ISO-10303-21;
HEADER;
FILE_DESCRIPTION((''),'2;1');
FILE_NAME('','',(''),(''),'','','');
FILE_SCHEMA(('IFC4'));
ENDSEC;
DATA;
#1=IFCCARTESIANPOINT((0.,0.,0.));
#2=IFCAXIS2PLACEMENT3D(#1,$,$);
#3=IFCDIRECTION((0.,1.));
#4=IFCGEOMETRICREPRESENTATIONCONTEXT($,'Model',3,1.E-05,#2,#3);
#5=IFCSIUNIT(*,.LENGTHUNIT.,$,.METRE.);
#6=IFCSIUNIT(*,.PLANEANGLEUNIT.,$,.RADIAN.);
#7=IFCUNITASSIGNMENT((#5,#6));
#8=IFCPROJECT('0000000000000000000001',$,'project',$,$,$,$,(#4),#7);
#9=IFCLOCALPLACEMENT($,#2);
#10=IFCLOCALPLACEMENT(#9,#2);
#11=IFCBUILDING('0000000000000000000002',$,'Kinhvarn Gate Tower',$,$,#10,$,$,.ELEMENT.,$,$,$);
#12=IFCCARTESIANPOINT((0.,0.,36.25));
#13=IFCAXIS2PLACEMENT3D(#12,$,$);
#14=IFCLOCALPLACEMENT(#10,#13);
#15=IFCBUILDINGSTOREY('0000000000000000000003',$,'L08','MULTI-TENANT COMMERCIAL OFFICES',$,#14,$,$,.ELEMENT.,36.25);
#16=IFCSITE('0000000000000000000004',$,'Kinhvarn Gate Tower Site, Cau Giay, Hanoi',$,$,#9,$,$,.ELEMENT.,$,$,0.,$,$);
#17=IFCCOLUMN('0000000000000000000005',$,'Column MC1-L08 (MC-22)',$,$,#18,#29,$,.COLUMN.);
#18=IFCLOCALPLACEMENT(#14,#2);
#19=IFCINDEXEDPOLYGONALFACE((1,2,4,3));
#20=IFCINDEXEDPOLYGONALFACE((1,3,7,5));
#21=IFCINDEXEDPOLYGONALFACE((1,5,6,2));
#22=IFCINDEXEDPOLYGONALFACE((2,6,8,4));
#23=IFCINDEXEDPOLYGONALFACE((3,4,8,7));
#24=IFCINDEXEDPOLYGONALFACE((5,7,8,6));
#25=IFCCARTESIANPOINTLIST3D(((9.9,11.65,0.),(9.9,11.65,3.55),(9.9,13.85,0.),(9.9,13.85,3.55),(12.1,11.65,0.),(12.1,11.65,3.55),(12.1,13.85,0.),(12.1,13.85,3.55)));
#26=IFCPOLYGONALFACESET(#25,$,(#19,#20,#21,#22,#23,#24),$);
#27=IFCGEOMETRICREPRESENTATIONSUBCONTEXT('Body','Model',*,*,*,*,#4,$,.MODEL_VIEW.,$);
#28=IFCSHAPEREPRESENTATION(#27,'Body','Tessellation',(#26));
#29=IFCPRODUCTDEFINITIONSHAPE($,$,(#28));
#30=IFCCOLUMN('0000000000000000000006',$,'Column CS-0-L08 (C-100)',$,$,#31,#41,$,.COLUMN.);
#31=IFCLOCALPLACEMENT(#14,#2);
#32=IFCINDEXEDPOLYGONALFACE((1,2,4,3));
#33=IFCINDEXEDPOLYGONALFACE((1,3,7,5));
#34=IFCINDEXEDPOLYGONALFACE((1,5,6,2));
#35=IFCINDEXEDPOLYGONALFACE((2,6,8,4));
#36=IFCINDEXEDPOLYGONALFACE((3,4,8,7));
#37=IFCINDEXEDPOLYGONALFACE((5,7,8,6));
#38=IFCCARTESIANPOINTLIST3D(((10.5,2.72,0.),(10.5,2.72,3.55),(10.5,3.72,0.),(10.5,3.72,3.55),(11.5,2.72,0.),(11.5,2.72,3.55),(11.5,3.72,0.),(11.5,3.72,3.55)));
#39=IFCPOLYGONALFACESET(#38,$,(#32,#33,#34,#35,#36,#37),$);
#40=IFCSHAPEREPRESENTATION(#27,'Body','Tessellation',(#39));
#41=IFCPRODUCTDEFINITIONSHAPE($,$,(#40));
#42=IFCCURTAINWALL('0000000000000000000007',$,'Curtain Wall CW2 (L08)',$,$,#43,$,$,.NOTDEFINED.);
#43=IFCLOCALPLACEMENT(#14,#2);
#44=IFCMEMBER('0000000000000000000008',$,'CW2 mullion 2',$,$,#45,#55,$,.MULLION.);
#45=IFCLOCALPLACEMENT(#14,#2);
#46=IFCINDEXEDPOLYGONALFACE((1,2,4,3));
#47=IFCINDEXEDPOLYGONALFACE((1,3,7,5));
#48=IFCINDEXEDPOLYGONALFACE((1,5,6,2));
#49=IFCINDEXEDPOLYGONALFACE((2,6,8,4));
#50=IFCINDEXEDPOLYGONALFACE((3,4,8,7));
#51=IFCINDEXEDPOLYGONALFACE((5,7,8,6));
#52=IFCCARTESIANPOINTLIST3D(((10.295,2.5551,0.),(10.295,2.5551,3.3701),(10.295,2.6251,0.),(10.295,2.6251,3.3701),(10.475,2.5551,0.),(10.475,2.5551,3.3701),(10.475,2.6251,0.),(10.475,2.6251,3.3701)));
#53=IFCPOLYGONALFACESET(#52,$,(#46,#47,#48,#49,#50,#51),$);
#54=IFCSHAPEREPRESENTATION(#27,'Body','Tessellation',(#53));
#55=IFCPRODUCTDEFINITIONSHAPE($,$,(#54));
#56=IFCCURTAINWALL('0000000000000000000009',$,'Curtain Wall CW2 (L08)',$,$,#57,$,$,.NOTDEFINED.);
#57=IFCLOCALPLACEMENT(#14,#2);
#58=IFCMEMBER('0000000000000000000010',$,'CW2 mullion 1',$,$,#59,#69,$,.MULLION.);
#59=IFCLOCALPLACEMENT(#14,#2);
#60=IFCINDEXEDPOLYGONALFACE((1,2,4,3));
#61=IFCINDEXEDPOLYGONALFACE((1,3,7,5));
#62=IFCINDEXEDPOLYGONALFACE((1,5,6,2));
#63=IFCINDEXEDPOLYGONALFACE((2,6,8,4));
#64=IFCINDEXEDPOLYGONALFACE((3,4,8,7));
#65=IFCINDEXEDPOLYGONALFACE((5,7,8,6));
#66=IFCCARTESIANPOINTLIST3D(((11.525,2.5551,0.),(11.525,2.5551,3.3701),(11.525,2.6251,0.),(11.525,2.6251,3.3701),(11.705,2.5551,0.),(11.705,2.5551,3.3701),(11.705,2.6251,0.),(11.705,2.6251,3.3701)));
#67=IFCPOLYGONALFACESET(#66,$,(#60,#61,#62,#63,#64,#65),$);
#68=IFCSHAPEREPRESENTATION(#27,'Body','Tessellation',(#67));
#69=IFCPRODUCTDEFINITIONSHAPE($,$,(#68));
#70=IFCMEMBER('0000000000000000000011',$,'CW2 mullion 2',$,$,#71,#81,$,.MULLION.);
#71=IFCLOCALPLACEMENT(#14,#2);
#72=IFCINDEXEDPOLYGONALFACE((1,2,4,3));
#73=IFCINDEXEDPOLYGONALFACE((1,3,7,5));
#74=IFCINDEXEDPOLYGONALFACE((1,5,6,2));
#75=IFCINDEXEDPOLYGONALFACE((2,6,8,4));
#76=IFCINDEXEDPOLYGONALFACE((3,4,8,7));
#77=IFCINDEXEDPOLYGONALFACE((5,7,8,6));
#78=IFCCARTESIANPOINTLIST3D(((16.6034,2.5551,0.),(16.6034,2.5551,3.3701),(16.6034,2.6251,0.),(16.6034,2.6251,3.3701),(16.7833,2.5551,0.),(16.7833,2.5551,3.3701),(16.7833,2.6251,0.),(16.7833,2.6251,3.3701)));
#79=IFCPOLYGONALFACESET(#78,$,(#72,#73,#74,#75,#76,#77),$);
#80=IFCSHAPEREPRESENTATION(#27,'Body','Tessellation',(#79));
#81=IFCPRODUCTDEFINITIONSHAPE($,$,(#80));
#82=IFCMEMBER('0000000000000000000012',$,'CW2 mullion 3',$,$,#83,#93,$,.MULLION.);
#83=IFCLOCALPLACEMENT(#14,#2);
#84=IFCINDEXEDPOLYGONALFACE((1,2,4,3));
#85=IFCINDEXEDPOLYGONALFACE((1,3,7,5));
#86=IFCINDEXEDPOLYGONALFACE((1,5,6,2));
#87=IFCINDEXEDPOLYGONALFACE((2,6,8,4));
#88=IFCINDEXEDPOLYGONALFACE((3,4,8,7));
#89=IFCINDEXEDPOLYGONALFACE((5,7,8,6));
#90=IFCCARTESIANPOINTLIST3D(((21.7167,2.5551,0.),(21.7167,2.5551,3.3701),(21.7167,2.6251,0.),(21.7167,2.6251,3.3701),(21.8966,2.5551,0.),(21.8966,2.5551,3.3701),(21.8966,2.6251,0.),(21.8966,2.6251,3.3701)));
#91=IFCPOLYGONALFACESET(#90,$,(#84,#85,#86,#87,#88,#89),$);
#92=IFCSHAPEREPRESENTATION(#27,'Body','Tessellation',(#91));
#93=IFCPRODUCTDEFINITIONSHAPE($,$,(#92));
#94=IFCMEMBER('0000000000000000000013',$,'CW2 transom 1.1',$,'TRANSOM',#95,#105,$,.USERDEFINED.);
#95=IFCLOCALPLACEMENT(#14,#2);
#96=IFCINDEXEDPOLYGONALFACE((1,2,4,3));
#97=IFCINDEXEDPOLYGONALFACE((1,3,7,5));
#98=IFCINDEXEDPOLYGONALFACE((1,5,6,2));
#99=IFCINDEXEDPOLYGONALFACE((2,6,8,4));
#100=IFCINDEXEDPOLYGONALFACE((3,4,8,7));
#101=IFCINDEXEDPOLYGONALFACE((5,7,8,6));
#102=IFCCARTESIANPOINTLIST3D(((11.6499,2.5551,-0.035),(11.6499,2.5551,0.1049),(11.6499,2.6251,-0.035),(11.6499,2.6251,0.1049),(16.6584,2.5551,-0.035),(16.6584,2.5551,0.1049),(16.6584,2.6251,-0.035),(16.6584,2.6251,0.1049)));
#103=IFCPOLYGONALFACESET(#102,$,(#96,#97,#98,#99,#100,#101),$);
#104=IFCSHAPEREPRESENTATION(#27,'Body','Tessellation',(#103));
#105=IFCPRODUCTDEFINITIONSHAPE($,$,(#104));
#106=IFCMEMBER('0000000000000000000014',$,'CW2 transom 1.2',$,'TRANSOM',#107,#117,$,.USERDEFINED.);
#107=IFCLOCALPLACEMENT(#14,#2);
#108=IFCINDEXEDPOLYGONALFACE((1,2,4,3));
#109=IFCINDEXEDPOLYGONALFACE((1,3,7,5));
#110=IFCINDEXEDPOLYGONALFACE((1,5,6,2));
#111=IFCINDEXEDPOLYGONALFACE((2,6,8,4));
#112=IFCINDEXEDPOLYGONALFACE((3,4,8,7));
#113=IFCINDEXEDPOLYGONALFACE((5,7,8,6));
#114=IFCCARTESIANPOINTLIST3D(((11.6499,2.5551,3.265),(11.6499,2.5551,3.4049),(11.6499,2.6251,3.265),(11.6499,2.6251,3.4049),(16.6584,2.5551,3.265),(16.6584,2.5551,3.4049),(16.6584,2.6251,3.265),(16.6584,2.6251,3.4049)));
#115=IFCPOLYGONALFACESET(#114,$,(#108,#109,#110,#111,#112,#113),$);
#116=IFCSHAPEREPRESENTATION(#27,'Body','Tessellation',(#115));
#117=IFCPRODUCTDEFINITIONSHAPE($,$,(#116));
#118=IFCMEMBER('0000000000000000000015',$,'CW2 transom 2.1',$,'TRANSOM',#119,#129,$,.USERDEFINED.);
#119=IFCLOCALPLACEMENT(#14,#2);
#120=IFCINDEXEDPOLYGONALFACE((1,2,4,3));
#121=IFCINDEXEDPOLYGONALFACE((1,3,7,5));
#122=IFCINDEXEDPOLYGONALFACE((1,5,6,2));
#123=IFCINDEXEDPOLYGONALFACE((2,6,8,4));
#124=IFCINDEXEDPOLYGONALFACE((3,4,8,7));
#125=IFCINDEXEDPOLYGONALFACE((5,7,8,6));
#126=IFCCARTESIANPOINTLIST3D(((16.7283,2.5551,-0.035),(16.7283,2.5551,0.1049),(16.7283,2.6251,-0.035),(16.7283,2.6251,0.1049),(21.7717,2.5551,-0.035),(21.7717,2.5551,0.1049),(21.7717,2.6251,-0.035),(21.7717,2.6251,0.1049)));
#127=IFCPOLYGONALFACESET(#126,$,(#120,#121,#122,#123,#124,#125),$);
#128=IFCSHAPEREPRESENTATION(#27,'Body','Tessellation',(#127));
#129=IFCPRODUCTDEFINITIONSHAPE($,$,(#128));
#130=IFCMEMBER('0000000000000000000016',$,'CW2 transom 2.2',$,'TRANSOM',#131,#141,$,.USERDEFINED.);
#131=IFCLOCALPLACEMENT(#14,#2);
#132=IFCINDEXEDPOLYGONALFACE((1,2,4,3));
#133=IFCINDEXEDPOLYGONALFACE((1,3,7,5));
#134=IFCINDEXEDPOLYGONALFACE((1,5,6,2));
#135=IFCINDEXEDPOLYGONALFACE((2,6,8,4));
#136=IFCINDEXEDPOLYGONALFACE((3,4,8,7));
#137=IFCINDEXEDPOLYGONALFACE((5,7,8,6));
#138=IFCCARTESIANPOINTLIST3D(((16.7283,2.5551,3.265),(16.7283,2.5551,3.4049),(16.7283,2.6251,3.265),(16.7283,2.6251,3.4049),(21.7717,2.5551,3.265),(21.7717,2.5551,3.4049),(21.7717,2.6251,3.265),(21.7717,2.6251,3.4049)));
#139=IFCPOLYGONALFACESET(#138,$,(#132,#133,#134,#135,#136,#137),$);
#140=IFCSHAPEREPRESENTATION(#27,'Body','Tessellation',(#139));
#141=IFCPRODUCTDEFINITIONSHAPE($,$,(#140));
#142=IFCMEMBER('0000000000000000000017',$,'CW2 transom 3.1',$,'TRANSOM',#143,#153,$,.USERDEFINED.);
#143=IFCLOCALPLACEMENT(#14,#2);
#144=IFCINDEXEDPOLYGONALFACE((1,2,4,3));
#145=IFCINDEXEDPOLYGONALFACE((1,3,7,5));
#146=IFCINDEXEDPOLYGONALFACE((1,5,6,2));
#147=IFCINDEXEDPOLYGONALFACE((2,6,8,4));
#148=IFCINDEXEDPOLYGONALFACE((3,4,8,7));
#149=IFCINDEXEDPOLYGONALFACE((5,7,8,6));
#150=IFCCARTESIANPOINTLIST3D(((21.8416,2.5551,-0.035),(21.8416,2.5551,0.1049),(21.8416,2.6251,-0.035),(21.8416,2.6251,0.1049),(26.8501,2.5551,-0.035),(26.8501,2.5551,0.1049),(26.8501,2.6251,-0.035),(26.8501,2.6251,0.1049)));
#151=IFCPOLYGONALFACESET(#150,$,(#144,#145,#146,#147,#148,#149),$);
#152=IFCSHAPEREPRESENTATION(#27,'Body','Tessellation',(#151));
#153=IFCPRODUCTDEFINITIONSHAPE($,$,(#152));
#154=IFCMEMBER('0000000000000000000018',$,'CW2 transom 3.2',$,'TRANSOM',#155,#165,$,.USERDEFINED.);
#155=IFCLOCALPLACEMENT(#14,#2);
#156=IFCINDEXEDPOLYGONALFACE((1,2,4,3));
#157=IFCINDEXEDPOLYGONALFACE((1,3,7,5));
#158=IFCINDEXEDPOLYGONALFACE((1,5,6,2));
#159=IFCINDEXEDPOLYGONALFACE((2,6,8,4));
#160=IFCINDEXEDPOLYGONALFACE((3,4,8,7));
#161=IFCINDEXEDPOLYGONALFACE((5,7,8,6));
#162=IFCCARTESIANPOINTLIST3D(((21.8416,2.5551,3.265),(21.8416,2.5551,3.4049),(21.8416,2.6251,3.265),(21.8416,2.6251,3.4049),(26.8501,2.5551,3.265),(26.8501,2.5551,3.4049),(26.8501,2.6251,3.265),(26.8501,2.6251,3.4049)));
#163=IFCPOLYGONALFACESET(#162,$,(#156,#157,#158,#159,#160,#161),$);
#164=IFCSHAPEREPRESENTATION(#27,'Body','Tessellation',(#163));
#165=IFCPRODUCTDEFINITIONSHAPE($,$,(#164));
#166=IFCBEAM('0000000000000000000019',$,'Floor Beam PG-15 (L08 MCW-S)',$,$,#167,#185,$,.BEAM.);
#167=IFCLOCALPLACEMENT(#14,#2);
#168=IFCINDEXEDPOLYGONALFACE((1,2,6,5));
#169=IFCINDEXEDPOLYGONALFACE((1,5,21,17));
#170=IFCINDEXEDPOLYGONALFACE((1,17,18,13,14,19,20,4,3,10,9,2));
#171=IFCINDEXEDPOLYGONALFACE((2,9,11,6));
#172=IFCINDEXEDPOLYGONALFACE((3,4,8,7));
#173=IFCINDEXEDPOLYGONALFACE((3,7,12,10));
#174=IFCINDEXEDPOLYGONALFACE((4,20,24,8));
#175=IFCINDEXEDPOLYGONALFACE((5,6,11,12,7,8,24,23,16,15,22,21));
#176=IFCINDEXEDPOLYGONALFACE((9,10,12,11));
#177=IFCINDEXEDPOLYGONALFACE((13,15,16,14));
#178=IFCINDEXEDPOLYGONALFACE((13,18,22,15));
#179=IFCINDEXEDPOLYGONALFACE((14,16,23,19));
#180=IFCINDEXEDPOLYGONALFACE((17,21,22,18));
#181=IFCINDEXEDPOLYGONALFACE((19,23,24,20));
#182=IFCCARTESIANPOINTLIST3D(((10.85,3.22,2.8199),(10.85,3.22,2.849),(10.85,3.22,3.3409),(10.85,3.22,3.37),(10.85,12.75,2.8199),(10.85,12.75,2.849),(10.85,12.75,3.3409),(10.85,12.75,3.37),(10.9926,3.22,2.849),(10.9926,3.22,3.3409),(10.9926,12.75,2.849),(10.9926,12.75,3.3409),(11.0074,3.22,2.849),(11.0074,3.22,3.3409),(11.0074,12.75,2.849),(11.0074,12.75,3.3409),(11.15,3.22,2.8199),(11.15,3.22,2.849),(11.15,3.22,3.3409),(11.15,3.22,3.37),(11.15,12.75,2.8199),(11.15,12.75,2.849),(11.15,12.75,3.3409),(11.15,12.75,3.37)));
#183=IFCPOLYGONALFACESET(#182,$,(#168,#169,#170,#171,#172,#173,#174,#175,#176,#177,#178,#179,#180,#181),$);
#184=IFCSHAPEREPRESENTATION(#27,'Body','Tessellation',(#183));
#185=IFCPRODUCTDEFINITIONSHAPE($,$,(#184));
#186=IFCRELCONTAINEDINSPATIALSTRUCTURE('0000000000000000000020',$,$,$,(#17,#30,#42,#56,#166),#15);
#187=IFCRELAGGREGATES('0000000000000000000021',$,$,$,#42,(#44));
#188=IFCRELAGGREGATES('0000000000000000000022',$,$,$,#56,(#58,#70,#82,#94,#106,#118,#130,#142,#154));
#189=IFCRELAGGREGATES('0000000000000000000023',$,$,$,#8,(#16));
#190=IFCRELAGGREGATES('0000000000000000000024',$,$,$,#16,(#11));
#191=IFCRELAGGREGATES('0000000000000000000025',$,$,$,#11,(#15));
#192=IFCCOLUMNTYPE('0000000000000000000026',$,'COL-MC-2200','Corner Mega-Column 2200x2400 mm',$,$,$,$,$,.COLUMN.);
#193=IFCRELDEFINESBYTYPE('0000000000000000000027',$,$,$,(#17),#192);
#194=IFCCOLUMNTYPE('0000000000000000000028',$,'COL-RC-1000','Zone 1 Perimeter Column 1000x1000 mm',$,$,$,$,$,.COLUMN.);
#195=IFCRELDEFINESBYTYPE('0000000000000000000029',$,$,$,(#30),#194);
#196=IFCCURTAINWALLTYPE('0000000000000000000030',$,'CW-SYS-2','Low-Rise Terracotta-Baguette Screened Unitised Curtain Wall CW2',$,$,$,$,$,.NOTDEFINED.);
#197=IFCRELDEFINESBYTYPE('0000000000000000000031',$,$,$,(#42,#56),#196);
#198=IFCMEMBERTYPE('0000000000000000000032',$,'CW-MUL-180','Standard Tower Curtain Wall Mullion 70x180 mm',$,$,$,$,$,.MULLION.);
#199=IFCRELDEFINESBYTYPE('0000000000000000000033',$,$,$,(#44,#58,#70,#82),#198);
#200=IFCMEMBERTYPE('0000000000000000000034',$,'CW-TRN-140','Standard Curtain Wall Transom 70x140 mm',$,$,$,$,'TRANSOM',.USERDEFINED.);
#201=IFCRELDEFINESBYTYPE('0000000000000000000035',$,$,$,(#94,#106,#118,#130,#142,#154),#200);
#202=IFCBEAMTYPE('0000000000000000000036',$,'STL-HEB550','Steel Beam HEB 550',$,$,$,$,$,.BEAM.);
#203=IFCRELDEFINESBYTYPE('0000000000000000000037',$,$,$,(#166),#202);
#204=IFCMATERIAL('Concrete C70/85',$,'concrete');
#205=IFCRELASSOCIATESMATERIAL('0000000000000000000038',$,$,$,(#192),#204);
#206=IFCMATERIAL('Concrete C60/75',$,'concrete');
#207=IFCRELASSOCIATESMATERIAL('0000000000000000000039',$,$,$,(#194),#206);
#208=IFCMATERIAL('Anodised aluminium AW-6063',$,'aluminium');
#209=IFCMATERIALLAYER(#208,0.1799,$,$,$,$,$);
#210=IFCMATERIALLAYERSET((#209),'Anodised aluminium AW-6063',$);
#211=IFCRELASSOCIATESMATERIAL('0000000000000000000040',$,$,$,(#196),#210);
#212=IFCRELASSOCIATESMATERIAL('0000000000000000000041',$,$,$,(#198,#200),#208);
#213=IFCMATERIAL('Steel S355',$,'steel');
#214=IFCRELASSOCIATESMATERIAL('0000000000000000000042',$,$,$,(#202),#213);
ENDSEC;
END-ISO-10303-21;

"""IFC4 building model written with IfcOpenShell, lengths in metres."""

from ifc_helpers import new_model, si_unit, direction, frame, origin, origin_2d, place, context, subcontext, project, spatial, rectangle, i_section, extrude, material, layer, layer_set, material_profile, profile_set, type_object, element, aggregate, save


model = new_model("IFC4")

# Units and contexts
model_context = context("Model", 3, precision=1e-05, world=origin(), true_north=direction((0.0, 1.0)))
body_context = subcontext(model_context, "Body", "Model", "MODEL_VIEW")
ifc_project = project(units=[si_unit("LENGTHUNIT", "METRE"), si_unit("PLANEANGLEUNIT", "RADIAN")], contexts=[model_context])

# Site, building, storey
site_placement = place(None, origin())
site = spatial("IfcSite", under=ifc_project, at=site_placement, Name="Kinhvarn Gate Tower Site, Cau Giay, Hanoi", CompositionType="ELEMENT", RefElevation=0.0)
building_placement = place(site_placement, origin())
building = spatial("IfcBuilding", under=site, at=building_placement, Name="Kinhvarn Gate Tower", CompositionType="ELEMENT")
storey_placement = place(building_placement, frame((0.0, 0.0, 36.25)))
storey = spatial("IfcBuildingStorey", under=building, at=storey_placement, Name="L08", Description="MULTI-TENANT COMMERCIAL OFFICES", CompositionType="ELEMENT", Elevation=36.25)

# Columns
ifc_material_1 = material(Name="Concrete C70/85", Category="concrete")
ifc_material_profile_1 = material_profile(ifc_material_1, rectangle(XDim=2.2, YDim=2.2, at=origin_2d()), Name="RC 2200x2200")
ifc_profile_set_1 = profile_set([ifc_material_profile_1], Name="Concrete C70/85")
column_type_1 = type_object("IfcColumnType", Name="COL-MC-2200", Description="Corner Mega-Column 2200x2400 mm", PredefinedType="COLUMN", material=ifc_profile_set_1)
column_1_placement = place(storey_placement, frame((11.0, 12.75, 0.0), z_axis=(0.0, 0.0, 1.0), x_axis=(1.0, 0.0, 0.0)))
element("IfcColumn", 1, at=column_1_placement, inside=storey, type_object=column_type_1, Name="Column MC1-L08 (MC-22)", PredefinedType="COLUMN", context=body_context, shape_type="SweptSolid", body=[
    extrude(rectangle(XDim=2.2, YDim=2.2, at=origin_2d()), origin(), (0.0, 0.0, 1.0), 3.55),
])
ifc_material_2 = material(Name="Concrete C60/75", Category="concrete")
ifc_material_profile_2 = material_profile(ifc_material_2, rectangle(XDim=1.0, YDim=1.0, at=origin_2d()), Name="RC 1000x1000")
ifc_profile_set_2 = profile_set([ifc_material_profile_2], Name="Concrete C60/75")
column_type_2 = type_object("IfcColumnType", Name="COL-RC-1000", Description="Zone 1 Perimeter Column 1000x1000 mm", PredefinedType="COLUMN", material=ifc_profile_set_2)
column_2_placement = place(storey_placement, frame((11.0, 3.22, 0.0), z_axis=(0.0, 0.0, 1.0), x_axis=(1.0, 0.0, 0.0)))
element("IfcColumn", 2, at=column_2_placement, inside=storey, type_object=column_type_2, Name="Column CS-0-L08 (C-100)", PredefinedType="COLUMN", context=body_context, shape_type="SweptSolid", body=[
    extrude(rectangle(XDim=1.0, YDim=1.0, at=origin_2d()), origin(), (0.0, 0.0, 1.0), 3.55),
])

# Curtain wall, member
ifc_material_3 = material(Name="Anodised aluminium AW-6063", Category="aluminium")
ifc_layer_1 = layer(ifc_material_3, 0.1799)
ifc_layer_set_1 = layer_set([ifc_layer_1], Name="Anodised aluminium AW-6063")
curtain_wall_type = type_object("IfcCurtainWallType", Name="CW-SYS-2", Description="Low-Rise Terracotta-Baguette Screened Unitised Curtain Wall CW2", PredefinedType="NOTDEFINED", material=ifc_layer_set_1)
curtain_wall_1_placement = place(storey_placement, origin())
curtain_wall_1 = element("IfcCurtainWall", 3, at=curtain_wall_1_placement, inside=storey, type_object=curtain_wall_type, Name="Curtain Wall CW2 (L08)", PredefinedType="NOTDEFINED")
ifc_material_profile_3 = material_profile(ifc_material_3, rectangle(XDim=0.0701, YDim=0.1799, at=origin_2d()), Name="ALU 70x180")
ifc_profile_set_3 = profile_set([ifc_material_profile_3], Name="Anodised aluminium AW-6063")
member_type_1 = type_object("IfcMemberType", Name="CW-MUL-180", Description="Standard Tower Curtain Wall Mullion 70x180 mm", PredefinedType="MULLION", material=ifc_profile_set_3)
member_1_placement = place(storey_placement, frame((10.385, 2.5901, 0.0), z_axis=(0.0, 0.0, 1.0), x_axis=(0.0, 1.0, 0.0)))
member_1 = element("IfcMember", 4, at=member_1_placement, type_object=member_type_1, Name="CW2 mullion 2", PredefinedType="MULLION", context=body_context, shape_type="SweptSolid", body=[
    extrude(rectangle(XDim=0.0701, YDim=0.1799, at=origin_2d()), origin(), (0.0, 0.0, 1.0), 3.3701),
])
aggregate(curtain_wall_1, [member_1])

# Curtain wall, members
curtain_wall_2_placement = place(storey_placement, origin())
curtain_wall_2 = element("IfcCurtainWall", 5, at=curtain_wall_2_placement, inside=storey, type_object=curtain_wall_type, Name="Curtain Wall CW2 (L08)", PredefinedType="NOTDEFINED")
member_2_placement = place(storey_placement, frame((11.615, 2.5901, 0.0), z_axis=(0.0, 0.0, 1.0), x_axis=(0.0, 1.0, 0.0)))
member_2 = element("IfcMember", 6, at=member_2_placement, type_object=member_type_1, Name="CW2 mullion 1", PredefinedType="MULLION", context=body_context, shape_type="SweptSolid", body=[
    extrude(rectangle(XDim=0.0701, YDim=0.1799, at=origin_2d()), origin(), (0.0, 0.0, 1.0), 3.3701),
])
member_3_placement = place(storey_placement, frame((16.6934, 2.5901, 0.0), z_axis=(0.0, 0.0, 1.0), x_axis=(0.0, 1.0, 0.0)))
member_3 = element("IfcMember", 7, at=member_3_placement, type_object=member_type_1, Name="CW2 mullion 2", PredefinedType="MULLION", context=body_context, shape_type="SweptSolid", body=[
    extrude(rectangle(XDim=0.0701, YDim=0.1799, at=origin_2d()), origin(), (0.0, 0.0, 1.0), 3.3701),
])
member_4_placement = place(storey_placement, frame((21.8066, 2.5901, 0.0), z_axis=(0.0, 0.0, 1.0), x_axis=(0.0, 1.0, 0.0)))
member_4 = element("IfcMember", 8, at=member_4_placement, type_object=member_type_1, Name="CW2 mullion 3", PredefinedType="MULLION", context=body_context, shape_type="SweptSolid", body=[
    extrude(rectangle(XDim=0.0701, YDim=0.1799, at=origin_2d()), origin(), (0.0, 0.0, 1.0), 3.3701),
])
ifc_material_profile_4 = material_profile(ifc_material_3, rectangle(XDim=0.0701, YDim=0.1399, at=origin_2d()), Name="ALU 70x140")
ifc_profile_set_4 = profile_set([ifc_material_profile_4], Name="Anodised aluminium AW-6063")
member_type_2 = type_object("IfcMemberType", Name="CW-TRN-140", Description="Standard Curtain Wall Transom 70x140 mm", ElementType="TRANSOM", PredefinedType="USERDEFINED", material=ifc_profile_set_4)
member_5_placement = place(storey_placement, frame((11.6499, 2.5901, 0.0349), z_axis=(1.0, 0.0, 0.0), x_axis=(0.0, 1.0, 0.0)))
member_5 = element("IfcMember", 9, at=member_5_placement, type_object=member_type_2, Name="CW2 transom 1.1", ObjectType="TRANSOM", PredefinedType="USERDEFINED", context=body_context, shape_type="SweptSolid", body=[
    extrude(rectangle(XDim=0.0701, YDim=0.1399, at=origin_2d()), origin(), (0.0, 0.0, 1.0), 5.0085),
])
member_6_placement = place(storey_placement, frame((11.6499, 2.5901, 3.335), z_axis=(1.0, 0.0, 0.0), x_axis=(0.0, 1.0, 0.0)))
member_6 = element("IfcMember", 10, at=member_6_placement, type_object=member_type_2, Name="CW2 transom 1.2", ObjectType="TRANSOM", PredefinedType="USERDEFINED", context=body_context, shape_type="SweptSolid", body=[
    extrude(rectangle(XDim=0.0701, YDim=0.1399, at=origin_2d()), origin(), (0.0, 0.0, 1.0), 5.0085),
])
member_7_placement = place(storey_placement, frame((16.7283, 2.5901, 0.0349), z_axis=(1.0, 0.0, 0.0), x_axis=(0.0, 1.0, 0.0)))
member_7 = element("IfcMember", 11, at=member_7_placement, type_object=member_type_2, Name="CW2 transom 2.1", ObjectType="TRANSOM", PredefinedType="USERDEFINED", context=body_context, shape_type="SweptSolid", body=[
    extrude(rectangle(XDim=0.0701, YDim=0.1399, at=origin_2d()), origin(), (0.0, 0.0, 1.0), 5.0435),
])
member_8_placement = place(storey_placement, frame((16.7283, 2.5901, 3.335), z_axis=(1.0, 0.0, 0.0), x_axis=(0.0, 1.0, 0.0)))
member_8 = element("IfcMember", 12, at=member_8_placement, type_object=member_type_2, Name="CW2 transom 2.2", ObjectType="TRANSOM", PredefinedType="USERDEFINED", context=body_context, shape_type="SweptSolid", body=[
    extrude(rectangle(XDim=0.0701, YDim=0.1399, at=origin_2d()), origin(), (0.0, 0.0, 1.0), 5.0435),
])
member_9_placement = place(storey_placement, frame((21.8416, 2.5901, 0.0349), z_axis=(1.0, 0.0, 0.0), x_axis=(0.0, 1.0, 0.0)))
member_9 = element("IfcMember", 13, at=member_9_placement, type_object=member_type_2, Name="CW2 transom 3.1", ObjectType="TRANSOM", PredefinedType="USERDEFINED", context=body_context, shape_type="SweptSolid", body=[
    extrude(rectangle(XDim=0.0701, YDim=0.1399, at=origin_2d()), origin(), (0.0, 0.0, 1.0), 5.0085),
])
member_10_placement = place(storey_placement, frame((21.8416, 2.5901, 3.335), z_axis=(1.0, 0.0, 0.0), x_axis=(0.0, 1.0, 0.0)))
member_10 = element("IfcMember", 14, at=member_10_placement, type_object=member_type_2, Name="CW2 transom 3.2", ObjectType="TRANSOM", PredefinedType="USERDEFINED", context=body_context, shape_type="SweptSolid", body=[
    extrude(rectangle(XDim=0.0701, YDim=0.1399, at=origin_2d()), origin(), (0.0, 0.0, 1.0), 5.0085),
])

# Beam
ifc_material_4 = material(Name="Steel S355", Category="steel")
ifc_material_profile_5 = material_profile(ifc_material_4, i_section(OverallWidth=0.3, OverallDepth=0.55, WebThickness=0.0149, FlangeThickness=0.0291, at=origin_2d()), Name="HEB 550")
ifc_profile_set_5 = profile_set([ifc_material_profile_5], Name="Steel S355")
beam_type_1 = type_object("IfcBeamType", Name="STL-HEB550", Description="Steel Beam HEB 550", PredefinedType="BEAM", material=ifc_profile_set_5)
beam_1_placement = place(storey_placement, frame((11.0, 3.22, 3.095), z_axis=(0.0, 1.0, 0.0), x_axis=(-1.0, 0.0, 0.0)))
element("IfcBeam", 15, at=beam_1_placement, inside=storey, type_object=beam_type_1, Name="Floor Beam PG-15 (L08 MCW-S)", PredefinedType="BEAM", context=body_context, shape_type="SweptSolid", body=[
    extrude(i_section(OverallWidth=0.3, OverallDepth=0.55, WebThickness=0.0149, FlangeThickness=0.0291, at=origin_2d()), origin(), (0.0, 0.0, 1.0), 9.53),
])

aggregate(curtain_wall_2, [member_2, member_3, member_4, member_5, member_6, member_7, member_8, member_9, member_10])

save(model, "model.ifc")
